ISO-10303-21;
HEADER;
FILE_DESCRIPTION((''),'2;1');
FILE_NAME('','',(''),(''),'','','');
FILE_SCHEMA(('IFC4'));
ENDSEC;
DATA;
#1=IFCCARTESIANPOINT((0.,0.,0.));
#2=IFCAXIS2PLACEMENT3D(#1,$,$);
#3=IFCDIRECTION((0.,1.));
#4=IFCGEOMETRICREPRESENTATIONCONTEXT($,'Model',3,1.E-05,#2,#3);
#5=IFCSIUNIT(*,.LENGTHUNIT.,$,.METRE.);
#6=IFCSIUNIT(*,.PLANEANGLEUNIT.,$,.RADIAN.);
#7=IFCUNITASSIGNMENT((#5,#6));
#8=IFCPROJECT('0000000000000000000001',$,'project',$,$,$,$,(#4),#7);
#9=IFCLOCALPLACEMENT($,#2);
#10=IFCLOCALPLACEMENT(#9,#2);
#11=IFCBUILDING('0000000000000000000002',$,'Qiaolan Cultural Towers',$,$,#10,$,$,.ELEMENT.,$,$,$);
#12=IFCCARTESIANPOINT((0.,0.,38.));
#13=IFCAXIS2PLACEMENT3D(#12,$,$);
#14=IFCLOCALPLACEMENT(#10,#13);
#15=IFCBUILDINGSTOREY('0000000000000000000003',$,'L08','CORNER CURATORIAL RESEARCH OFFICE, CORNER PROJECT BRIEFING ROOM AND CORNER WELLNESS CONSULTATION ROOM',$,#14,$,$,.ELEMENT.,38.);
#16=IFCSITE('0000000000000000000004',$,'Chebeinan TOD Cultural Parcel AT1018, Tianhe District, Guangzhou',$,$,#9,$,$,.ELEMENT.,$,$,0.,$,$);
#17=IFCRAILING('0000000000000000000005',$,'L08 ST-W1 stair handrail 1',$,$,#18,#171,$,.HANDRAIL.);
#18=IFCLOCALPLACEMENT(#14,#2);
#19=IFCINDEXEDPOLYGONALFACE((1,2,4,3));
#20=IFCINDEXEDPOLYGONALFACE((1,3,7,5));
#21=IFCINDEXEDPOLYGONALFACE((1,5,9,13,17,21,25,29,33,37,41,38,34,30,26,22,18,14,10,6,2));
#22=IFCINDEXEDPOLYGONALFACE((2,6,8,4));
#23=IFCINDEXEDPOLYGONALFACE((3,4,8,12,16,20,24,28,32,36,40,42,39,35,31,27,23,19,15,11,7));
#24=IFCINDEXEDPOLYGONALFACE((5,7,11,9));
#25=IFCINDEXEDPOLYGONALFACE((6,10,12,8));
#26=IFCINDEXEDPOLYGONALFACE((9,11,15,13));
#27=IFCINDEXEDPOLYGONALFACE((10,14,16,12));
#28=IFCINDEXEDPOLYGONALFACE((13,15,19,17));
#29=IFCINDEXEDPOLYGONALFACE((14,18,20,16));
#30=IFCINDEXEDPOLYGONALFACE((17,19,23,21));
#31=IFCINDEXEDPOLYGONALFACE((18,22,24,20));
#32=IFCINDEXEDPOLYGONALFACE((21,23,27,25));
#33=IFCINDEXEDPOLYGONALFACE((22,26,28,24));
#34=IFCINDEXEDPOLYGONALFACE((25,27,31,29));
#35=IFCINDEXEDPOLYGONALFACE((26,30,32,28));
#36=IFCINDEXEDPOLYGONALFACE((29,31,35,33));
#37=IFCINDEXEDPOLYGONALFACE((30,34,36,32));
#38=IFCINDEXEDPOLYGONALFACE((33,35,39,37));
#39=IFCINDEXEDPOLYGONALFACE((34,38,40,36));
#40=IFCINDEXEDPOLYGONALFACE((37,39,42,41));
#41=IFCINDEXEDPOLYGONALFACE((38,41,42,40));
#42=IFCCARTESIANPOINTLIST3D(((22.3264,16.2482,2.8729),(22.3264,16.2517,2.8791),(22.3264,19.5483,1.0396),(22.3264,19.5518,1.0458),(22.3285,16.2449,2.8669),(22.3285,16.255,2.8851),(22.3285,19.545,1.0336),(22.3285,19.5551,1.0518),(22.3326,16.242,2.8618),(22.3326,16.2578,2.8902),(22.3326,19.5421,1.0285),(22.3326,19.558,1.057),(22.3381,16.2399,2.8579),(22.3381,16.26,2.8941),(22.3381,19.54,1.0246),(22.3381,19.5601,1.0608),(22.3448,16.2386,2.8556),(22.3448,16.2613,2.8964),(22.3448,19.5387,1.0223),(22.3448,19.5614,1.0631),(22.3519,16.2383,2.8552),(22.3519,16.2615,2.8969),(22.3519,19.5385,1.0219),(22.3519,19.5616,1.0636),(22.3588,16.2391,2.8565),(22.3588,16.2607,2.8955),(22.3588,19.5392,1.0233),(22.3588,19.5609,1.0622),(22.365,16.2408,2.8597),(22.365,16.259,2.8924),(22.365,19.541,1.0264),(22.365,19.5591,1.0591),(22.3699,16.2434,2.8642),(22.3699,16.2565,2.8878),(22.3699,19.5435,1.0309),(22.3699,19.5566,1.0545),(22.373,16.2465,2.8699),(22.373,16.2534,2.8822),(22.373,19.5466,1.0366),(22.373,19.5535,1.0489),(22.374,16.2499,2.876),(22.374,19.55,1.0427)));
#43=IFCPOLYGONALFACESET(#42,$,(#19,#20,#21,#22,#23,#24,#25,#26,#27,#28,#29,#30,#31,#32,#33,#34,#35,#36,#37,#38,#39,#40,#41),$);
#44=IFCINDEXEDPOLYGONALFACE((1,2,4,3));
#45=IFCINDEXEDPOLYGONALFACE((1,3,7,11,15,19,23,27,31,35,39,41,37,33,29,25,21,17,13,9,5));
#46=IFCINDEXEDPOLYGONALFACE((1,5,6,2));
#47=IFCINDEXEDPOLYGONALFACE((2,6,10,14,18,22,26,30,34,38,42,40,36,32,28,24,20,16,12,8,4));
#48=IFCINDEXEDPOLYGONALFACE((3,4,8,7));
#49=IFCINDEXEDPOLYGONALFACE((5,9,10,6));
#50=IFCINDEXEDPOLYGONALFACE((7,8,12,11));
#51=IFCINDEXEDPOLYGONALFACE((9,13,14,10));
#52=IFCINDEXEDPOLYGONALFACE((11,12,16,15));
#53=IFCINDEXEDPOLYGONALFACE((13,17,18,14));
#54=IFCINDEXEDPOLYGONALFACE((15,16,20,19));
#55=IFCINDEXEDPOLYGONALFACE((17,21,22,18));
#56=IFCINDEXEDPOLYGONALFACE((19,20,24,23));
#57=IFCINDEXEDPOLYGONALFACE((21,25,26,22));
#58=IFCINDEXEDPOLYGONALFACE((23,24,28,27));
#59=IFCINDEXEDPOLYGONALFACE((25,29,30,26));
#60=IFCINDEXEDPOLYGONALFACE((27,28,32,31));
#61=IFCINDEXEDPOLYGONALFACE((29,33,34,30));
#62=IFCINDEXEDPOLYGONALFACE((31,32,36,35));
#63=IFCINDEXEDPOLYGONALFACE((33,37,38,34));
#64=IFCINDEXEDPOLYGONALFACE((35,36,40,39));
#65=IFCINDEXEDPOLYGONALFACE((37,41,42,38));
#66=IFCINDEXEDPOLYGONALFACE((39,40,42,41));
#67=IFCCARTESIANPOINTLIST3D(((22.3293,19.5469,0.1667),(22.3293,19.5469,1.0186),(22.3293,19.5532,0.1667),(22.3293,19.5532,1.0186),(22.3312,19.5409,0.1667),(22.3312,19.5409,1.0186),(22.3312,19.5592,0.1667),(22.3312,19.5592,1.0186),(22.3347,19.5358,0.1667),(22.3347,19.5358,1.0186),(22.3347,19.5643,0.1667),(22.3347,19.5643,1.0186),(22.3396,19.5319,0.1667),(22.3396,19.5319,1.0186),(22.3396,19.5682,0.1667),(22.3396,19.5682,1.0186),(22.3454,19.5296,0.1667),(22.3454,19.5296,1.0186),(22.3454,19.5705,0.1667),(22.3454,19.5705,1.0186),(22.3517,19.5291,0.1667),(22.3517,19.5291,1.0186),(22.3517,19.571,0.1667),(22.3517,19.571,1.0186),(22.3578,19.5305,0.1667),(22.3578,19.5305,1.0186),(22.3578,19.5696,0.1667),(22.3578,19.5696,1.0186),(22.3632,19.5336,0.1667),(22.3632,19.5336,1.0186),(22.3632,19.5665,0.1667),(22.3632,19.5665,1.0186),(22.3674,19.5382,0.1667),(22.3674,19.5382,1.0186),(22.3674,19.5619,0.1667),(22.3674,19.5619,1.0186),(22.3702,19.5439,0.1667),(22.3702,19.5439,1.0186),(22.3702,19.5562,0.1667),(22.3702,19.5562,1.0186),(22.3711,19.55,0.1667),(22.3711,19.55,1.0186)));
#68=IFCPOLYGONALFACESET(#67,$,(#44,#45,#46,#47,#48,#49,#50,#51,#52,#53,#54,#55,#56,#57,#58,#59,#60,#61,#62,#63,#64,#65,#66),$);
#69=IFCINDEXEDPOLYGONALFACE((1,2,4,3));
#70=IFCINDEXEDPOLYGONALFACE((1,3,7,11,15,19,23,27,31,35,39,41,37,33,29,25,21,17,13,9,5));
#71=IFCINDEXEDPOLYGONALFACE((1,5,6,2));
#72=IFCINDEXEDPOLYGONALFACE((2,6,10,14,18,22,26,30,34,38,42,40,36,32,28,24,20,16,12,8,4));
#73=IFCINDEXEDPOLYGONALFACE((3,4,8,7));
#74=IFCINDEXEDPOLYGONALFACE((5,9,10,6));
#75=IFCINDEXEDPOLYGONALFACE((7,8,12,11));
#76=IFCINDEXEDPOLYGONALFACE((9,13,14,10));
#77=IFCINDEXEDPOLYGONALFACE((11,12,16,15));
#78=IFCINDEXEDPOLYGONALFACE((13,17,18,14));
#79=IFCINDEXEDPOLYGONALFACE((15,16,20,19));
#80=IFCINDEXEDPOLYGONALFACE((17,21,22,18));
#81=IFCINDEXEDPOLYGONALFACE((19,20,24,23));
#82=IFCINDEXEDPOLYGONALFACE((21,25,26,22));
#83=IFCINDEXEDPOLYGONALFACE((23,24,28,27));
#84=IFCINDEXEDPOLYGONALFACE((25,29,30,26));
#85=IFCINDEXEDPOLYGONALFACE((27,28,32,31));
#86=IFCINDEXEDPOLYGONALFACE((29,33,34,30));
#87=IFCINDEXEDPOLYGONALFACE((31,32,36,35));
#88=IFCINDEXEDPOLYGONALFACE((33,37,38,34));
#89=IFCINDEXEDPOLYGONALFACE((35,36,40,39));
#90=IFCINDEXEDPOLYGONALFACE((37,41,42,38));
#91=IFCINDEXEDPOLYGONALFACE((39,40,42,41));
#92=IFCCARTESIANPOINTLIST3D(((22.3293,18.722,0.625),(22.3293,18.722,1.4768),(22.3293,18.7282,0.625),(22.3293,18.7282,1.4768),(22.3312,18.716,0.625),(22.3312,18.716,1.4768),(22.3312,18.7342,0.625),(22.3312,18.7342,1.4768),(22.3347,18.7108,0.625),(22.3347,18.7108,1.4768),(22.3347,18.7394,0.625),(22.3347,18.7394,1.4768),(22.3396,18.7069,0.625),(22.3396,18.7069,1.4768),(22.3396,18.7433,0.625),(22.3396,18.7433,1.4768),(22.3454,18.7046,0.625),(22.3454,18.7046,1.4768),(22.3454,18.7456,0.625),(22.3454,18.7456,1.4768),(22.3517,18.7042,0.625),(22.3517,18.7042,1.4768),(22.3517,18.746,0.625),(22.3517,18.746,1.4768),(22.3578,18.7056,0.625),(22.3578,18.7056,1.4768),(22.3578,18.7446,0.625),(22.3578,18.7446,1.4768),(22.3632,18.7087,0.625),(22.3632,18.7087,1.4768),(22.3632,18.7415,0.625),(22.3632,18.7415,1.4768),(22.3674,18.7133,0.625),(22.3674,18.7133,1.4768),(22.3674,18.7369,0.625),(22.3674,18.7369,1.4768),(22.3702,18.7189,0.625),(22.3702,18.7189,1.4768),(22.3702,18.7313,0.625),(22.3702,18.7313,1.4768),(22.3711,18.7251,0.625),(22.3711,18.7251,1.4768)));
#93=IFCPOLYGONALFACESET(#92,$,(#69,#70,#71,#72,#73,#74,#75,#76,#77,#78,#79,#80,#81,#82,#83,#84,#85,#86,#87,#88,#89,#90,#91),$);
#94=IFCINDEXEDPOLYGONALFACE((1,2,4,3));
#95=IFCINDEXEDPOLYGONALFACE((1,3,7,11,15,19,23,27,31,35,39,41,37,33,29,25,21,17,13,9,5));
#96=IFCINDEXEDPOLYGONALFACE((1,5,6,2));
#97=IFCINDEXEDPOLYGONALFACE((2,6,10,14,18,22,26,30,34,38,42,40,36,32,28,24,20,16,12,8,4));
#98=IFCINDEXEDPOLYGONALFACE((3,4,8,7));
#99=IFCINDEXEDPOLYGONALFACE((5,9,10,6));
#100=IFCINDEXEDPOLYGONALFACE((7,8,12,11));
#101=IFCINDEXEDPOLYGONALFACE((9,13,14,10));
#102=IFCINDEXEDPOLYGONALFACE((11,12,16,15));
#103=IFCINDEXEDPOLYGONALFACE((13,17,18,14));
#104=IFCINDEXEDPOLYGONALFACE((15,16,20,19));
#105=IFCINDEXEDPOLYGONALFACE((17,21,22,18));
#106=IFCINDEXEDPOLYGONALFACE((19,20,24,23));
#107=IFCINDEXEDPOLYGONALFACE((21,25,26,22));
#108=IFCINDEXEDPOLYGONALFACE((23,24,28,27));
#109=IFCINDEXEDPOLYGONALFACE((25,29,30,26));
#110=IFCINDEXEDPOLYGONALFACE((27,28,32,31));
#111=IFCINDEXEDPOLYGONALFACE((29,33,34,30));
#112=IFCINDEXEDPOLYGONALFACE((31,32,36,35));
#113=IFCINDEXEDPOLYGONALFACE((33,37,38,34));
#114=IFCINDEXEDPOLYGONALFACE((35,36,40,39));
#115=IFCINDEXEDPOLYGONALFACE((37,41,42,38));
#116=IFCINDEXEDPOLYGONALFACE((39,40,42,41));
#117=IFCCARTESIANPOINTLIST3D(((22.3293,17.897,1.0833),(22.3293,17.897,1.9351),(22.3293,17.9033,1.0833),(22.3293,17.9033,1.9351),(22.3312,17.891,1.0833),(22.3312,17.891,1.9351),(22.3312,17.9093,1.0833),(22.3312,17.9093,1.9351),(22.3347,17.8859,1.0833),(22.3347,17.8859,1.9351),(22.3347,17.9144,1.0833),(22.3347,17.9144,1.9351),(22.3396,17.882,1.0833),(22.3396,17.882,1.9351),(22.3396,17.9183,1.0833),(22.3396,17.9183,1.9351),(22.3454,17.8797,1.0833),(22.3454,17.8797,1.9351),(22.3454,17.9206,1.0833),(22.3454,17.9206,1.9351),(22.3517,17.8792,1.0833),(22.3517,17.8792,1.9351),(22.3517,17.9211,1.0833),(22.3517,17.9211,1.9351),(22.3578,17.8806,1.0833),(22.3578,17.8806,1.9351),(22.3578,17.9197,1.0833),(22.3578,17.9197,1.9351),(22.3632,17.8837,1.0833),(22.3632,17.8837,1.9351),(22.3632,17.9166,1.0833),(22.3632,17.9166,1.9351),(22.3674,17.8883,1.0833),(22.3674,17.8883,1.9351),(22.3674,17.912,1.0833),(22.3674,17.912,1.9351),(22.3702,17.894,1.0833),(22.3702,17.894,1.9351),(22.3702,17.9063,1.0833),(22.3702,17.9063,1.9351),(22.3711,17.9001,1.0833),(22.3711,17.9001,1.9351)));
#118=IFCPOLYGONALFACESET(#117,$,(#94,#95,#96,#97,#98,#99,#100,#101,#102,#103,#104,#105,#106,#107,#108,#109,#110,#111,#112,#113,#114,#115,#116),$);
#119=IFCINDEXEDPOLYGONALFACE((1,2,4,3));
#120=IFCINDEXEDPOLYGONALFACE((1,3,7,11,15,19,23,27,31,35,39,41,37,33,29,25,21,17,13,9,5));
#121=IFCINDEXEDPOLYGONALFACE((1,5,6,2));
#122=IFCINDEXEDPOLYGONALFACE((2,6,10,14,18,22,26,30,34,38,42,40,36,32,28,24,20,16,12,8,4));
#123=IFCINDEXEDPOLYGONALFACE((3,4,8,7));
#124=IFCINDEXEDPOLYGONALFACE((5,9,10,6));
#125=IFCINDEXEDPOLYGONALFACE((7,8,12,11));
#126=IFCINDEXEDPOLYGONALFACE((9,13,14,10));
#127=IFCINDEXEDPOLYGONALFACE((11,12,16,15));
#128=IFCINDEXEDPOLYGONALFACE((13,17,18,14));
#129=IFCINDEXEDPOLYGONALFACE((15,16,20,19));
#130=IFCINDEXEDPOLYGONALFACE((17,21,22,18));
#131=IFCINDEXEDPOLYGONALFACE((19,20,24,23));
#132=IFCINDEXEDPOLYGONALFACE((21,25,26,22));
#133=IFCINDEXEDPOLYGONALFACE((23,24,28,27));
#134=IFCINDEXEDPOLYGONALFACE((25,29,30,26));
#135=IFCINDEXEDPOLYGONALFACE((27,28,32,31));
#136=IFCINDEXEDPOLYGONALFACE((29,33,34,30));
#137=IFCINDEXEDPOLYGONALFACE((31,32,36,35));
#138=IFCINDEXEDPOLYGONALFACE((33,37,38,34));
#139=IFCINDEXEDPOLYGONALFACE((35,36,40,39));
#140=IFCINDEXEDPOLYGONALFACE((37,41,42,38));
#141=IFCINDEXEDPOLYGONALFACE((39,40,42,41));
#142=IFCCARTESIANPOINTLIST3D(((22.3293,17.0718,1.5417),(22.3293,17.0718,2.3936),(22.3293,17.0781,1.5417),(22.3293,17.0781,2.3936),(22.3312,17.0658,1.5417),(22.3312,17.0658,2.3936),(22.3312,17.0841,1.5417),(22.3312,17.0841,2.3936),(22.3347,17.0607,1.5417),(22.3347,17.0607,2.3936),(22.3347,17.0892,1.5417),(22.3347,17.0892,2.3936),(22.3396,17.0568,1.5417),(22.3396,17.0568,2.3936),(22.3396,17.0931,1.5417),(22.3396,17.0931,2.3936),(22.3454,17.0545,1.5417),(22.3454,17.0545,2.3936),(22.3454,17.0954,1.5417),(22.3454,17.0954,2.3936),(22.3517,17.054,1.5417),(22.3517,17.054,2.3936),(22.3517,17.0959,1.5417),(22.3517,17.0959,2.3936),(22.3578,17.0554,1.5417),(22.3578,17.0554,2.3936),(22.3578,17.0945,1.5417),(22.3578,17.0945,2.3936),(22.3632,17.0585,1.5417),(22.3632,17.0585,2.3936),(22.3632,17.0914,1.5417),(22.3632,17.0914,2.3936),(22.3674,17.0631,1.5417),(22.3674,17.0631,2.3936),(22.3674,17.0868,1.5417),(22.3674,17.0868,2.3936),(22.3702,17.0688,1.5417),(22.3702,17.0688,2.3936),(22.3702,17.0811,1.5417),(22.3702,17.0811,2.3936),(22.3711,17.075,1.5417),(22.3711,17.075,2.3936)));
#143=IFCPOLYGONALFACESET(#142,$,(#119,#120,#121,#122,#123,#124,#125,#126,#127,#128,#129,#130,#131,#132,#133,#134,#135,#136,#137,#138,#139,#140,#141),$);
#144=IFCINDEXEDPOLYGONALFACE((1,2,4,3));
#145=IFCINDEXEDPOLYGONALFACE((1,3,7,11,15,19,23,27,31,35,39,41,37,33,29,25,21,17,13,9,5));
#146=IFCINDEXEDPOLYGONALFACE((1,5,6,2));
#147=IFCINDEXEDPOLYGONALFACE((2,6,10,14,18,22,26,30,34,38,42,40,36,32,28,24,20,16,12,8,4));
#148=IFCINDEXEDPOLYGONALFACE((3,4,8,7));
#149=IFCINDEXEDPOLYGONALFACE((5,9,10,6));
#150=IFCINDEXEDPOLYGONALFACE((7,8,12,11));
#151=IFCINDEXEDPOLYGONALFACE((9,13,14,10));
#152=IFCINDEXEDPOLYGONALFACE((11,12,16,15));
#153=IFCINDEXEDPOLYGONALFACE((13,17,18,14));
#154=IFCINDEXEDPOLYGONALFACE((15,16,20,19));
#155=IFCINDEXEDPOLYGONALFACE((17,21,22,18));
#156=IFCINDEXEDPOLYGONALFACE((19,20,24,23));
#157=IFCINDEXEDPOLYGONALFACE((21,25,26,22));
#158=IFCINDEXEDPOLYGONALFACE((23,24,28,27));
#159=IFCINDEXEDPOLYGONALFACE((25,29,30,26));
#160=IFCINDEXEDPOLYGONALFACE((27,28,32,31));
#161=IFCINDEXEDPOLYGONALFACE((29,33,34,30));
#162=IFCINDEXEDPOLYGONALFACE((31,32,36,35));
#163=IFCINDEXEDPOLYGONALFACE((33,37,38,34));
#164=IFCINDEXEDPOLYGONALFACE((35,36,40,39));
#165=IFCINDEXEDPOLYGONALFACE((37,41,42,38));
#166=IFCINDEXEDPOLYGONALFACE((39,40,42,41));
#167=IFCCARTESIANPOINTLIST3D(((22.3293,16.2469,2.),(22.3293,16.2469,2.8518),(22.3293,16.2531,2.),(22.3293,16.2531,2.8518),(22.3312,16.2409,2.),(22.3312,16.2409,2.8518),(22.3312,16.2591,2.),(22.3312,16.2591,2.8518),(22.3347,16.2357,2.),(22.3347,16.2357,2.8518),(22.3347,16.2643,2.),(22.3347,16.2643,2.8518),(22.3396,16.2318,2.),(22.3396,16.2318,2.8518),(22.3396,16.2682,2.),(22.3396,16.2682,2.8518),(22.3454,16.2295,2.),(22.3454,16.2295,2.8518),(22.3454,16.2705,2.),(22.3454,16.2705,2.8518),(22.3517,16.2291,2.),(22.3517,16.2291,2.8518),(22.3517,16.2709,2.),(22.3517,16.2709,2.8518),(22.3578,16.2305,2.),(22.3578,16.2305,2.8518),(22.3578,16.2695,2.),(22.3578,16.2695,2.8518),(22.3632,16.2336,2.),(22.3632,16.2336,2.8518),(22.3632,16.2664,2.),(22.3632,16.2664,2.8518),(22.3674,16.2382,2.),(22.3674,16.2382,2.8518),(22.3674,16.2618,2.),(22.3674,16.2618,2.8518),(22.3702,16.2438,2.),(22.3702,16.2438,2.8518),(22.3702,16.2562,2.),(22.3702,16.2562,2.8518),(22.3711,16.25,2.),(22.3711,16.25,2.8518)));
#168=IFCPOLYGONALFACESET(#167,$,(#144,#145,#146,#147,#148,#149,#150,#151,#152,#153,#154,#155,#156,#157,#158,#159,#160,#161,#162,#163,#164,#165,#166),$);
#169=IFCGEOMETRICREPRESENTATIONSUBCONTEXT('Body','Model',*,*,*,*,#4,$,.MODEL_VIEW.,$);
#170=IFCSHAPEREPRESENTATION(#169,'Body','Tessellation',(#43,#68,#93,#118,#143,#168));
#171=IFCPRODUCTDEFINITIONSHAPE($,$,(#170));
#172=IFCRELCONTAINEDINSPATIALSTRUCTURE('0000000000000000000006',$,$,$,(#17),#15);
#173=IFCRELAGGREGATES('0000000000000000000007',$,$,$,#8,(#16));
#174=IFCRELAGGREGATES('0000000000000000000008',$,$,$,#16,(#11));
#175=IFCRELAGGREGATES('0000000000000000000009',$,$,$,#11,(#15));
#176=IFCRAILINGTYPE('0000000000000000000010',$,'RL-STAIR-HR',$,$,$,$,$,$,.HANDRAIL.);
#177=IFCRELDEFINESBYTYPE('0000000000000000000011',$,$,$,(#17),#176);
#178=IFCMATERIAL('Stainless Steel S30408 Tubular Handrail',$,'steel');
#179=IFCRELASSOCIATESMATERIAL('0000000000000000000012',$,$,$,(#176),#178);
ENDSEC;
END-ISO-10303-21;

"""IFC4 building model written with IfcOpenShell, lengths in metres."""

from ifc_helpers import new_model, si_unit, direction, frame, origin, origin_2d, place, context, subcontext, project, spatial, circle, extrude, material, type_object, element, save


model = new_model("IFC4")

# Units and contexts
model_context = context("Model", 3, precision=1e-05, world=origin(), true_north=direction((0.0, 1.0)))
body_context = subcontext(model_context, "Body", "Model", "MODEL_VIEW")
ifc_project = project(units=[si_unit("LENGTHUNIT", "METRE"), si_unit("PLANEANGLEUNIT", "RADIAN")], contexts=[model_context])

# Site, building, storey
site_placement = place(None, origin())
site = spatial("IfcSite", under=ifc_project, at=site_placement, Name="Chebeinan TOD Cultural Parcel AT1018, Tianhe District, Guangzhou", CompositionType="ELEMENT", RefElevation=0.0)
building_placement = place(site_placement, origin())
building = spatial("IfcBuilding", under=site, at=building_placement, Name="Qiaolan Cultural Towers", CompositionType="ELEMENT")
storey_placement = place(building_placement, frame((0.0, 0.0, 38.0)))
storey = spatial("IfcBuildingStorey", under=building, at=storey_placement, Name="L08", Description="CORNER CURATORIAL RESEARCH OFFICE, CORNER PROJECT BRIEFING ROOM AND CORNER WELLNESS CONSULTATION ROOM", CompositionType="ELEMENT", Elevation=38.0)

# Railing
ifc_material_1 = material(Name="Stainless Steel S30408 Tubular Handrail", Category="steel")
railing_type_1 = type_object("IfcRailingType", Name="RL-STAIR-HR", PredefinedType="HANDRAIL", material=ifc_material_1)
railing_1_placement = place(storey_placement, frame((22.3501, 19.55, 0.1667)))
element("IfcRailing", 1, at=railing_1_placement, inside=storey, type_object=railing_type_1, Name="L08 ST-W1 stair handrail 1", PredefinedType="HANDRAIL", context=body_context, shape_type="SweptSolid", body=[
    extrude(circle(Radius=0.0239, at=origin_2d()), frame((0.0, 0.0, 0.876), z_axis=(0.0, -0.874169, 0.485621), x_axis=(1.0, 0.0, 0.0)), (0.0, 0.0, 1.0), 3.7751),
    extrude(circle(Radius=0.021, at=origin_2d()), origin(), (0.0, 0.0, 1.0), 0.8518),
    extrude(circle(Radius=0.021, at=origin_2d()), frame((0.0, -0.825, 0.4583)), (0.0, 0.0, 1.0), 0.8518),
    extrude(circle(Radius=0.021, at=origin_2d()), frame((0.0, -1.6499, 0.9165)), (0.0, 0.0, 1.0), 0.8518),
    extrude(circle(Radius=0.021, at=origin_2d()), frame((0.0, -2.4751, 1.375)), (0.0, 0.0, 1.0), 0.8518),
    extrude(circle(Radius=0.021, at=origin_2d()), frame((0.0, -3.3, 1.8333)), (0.0, 0.0, 1.0), 0.8518),
])

save(model, "model.ifc")
